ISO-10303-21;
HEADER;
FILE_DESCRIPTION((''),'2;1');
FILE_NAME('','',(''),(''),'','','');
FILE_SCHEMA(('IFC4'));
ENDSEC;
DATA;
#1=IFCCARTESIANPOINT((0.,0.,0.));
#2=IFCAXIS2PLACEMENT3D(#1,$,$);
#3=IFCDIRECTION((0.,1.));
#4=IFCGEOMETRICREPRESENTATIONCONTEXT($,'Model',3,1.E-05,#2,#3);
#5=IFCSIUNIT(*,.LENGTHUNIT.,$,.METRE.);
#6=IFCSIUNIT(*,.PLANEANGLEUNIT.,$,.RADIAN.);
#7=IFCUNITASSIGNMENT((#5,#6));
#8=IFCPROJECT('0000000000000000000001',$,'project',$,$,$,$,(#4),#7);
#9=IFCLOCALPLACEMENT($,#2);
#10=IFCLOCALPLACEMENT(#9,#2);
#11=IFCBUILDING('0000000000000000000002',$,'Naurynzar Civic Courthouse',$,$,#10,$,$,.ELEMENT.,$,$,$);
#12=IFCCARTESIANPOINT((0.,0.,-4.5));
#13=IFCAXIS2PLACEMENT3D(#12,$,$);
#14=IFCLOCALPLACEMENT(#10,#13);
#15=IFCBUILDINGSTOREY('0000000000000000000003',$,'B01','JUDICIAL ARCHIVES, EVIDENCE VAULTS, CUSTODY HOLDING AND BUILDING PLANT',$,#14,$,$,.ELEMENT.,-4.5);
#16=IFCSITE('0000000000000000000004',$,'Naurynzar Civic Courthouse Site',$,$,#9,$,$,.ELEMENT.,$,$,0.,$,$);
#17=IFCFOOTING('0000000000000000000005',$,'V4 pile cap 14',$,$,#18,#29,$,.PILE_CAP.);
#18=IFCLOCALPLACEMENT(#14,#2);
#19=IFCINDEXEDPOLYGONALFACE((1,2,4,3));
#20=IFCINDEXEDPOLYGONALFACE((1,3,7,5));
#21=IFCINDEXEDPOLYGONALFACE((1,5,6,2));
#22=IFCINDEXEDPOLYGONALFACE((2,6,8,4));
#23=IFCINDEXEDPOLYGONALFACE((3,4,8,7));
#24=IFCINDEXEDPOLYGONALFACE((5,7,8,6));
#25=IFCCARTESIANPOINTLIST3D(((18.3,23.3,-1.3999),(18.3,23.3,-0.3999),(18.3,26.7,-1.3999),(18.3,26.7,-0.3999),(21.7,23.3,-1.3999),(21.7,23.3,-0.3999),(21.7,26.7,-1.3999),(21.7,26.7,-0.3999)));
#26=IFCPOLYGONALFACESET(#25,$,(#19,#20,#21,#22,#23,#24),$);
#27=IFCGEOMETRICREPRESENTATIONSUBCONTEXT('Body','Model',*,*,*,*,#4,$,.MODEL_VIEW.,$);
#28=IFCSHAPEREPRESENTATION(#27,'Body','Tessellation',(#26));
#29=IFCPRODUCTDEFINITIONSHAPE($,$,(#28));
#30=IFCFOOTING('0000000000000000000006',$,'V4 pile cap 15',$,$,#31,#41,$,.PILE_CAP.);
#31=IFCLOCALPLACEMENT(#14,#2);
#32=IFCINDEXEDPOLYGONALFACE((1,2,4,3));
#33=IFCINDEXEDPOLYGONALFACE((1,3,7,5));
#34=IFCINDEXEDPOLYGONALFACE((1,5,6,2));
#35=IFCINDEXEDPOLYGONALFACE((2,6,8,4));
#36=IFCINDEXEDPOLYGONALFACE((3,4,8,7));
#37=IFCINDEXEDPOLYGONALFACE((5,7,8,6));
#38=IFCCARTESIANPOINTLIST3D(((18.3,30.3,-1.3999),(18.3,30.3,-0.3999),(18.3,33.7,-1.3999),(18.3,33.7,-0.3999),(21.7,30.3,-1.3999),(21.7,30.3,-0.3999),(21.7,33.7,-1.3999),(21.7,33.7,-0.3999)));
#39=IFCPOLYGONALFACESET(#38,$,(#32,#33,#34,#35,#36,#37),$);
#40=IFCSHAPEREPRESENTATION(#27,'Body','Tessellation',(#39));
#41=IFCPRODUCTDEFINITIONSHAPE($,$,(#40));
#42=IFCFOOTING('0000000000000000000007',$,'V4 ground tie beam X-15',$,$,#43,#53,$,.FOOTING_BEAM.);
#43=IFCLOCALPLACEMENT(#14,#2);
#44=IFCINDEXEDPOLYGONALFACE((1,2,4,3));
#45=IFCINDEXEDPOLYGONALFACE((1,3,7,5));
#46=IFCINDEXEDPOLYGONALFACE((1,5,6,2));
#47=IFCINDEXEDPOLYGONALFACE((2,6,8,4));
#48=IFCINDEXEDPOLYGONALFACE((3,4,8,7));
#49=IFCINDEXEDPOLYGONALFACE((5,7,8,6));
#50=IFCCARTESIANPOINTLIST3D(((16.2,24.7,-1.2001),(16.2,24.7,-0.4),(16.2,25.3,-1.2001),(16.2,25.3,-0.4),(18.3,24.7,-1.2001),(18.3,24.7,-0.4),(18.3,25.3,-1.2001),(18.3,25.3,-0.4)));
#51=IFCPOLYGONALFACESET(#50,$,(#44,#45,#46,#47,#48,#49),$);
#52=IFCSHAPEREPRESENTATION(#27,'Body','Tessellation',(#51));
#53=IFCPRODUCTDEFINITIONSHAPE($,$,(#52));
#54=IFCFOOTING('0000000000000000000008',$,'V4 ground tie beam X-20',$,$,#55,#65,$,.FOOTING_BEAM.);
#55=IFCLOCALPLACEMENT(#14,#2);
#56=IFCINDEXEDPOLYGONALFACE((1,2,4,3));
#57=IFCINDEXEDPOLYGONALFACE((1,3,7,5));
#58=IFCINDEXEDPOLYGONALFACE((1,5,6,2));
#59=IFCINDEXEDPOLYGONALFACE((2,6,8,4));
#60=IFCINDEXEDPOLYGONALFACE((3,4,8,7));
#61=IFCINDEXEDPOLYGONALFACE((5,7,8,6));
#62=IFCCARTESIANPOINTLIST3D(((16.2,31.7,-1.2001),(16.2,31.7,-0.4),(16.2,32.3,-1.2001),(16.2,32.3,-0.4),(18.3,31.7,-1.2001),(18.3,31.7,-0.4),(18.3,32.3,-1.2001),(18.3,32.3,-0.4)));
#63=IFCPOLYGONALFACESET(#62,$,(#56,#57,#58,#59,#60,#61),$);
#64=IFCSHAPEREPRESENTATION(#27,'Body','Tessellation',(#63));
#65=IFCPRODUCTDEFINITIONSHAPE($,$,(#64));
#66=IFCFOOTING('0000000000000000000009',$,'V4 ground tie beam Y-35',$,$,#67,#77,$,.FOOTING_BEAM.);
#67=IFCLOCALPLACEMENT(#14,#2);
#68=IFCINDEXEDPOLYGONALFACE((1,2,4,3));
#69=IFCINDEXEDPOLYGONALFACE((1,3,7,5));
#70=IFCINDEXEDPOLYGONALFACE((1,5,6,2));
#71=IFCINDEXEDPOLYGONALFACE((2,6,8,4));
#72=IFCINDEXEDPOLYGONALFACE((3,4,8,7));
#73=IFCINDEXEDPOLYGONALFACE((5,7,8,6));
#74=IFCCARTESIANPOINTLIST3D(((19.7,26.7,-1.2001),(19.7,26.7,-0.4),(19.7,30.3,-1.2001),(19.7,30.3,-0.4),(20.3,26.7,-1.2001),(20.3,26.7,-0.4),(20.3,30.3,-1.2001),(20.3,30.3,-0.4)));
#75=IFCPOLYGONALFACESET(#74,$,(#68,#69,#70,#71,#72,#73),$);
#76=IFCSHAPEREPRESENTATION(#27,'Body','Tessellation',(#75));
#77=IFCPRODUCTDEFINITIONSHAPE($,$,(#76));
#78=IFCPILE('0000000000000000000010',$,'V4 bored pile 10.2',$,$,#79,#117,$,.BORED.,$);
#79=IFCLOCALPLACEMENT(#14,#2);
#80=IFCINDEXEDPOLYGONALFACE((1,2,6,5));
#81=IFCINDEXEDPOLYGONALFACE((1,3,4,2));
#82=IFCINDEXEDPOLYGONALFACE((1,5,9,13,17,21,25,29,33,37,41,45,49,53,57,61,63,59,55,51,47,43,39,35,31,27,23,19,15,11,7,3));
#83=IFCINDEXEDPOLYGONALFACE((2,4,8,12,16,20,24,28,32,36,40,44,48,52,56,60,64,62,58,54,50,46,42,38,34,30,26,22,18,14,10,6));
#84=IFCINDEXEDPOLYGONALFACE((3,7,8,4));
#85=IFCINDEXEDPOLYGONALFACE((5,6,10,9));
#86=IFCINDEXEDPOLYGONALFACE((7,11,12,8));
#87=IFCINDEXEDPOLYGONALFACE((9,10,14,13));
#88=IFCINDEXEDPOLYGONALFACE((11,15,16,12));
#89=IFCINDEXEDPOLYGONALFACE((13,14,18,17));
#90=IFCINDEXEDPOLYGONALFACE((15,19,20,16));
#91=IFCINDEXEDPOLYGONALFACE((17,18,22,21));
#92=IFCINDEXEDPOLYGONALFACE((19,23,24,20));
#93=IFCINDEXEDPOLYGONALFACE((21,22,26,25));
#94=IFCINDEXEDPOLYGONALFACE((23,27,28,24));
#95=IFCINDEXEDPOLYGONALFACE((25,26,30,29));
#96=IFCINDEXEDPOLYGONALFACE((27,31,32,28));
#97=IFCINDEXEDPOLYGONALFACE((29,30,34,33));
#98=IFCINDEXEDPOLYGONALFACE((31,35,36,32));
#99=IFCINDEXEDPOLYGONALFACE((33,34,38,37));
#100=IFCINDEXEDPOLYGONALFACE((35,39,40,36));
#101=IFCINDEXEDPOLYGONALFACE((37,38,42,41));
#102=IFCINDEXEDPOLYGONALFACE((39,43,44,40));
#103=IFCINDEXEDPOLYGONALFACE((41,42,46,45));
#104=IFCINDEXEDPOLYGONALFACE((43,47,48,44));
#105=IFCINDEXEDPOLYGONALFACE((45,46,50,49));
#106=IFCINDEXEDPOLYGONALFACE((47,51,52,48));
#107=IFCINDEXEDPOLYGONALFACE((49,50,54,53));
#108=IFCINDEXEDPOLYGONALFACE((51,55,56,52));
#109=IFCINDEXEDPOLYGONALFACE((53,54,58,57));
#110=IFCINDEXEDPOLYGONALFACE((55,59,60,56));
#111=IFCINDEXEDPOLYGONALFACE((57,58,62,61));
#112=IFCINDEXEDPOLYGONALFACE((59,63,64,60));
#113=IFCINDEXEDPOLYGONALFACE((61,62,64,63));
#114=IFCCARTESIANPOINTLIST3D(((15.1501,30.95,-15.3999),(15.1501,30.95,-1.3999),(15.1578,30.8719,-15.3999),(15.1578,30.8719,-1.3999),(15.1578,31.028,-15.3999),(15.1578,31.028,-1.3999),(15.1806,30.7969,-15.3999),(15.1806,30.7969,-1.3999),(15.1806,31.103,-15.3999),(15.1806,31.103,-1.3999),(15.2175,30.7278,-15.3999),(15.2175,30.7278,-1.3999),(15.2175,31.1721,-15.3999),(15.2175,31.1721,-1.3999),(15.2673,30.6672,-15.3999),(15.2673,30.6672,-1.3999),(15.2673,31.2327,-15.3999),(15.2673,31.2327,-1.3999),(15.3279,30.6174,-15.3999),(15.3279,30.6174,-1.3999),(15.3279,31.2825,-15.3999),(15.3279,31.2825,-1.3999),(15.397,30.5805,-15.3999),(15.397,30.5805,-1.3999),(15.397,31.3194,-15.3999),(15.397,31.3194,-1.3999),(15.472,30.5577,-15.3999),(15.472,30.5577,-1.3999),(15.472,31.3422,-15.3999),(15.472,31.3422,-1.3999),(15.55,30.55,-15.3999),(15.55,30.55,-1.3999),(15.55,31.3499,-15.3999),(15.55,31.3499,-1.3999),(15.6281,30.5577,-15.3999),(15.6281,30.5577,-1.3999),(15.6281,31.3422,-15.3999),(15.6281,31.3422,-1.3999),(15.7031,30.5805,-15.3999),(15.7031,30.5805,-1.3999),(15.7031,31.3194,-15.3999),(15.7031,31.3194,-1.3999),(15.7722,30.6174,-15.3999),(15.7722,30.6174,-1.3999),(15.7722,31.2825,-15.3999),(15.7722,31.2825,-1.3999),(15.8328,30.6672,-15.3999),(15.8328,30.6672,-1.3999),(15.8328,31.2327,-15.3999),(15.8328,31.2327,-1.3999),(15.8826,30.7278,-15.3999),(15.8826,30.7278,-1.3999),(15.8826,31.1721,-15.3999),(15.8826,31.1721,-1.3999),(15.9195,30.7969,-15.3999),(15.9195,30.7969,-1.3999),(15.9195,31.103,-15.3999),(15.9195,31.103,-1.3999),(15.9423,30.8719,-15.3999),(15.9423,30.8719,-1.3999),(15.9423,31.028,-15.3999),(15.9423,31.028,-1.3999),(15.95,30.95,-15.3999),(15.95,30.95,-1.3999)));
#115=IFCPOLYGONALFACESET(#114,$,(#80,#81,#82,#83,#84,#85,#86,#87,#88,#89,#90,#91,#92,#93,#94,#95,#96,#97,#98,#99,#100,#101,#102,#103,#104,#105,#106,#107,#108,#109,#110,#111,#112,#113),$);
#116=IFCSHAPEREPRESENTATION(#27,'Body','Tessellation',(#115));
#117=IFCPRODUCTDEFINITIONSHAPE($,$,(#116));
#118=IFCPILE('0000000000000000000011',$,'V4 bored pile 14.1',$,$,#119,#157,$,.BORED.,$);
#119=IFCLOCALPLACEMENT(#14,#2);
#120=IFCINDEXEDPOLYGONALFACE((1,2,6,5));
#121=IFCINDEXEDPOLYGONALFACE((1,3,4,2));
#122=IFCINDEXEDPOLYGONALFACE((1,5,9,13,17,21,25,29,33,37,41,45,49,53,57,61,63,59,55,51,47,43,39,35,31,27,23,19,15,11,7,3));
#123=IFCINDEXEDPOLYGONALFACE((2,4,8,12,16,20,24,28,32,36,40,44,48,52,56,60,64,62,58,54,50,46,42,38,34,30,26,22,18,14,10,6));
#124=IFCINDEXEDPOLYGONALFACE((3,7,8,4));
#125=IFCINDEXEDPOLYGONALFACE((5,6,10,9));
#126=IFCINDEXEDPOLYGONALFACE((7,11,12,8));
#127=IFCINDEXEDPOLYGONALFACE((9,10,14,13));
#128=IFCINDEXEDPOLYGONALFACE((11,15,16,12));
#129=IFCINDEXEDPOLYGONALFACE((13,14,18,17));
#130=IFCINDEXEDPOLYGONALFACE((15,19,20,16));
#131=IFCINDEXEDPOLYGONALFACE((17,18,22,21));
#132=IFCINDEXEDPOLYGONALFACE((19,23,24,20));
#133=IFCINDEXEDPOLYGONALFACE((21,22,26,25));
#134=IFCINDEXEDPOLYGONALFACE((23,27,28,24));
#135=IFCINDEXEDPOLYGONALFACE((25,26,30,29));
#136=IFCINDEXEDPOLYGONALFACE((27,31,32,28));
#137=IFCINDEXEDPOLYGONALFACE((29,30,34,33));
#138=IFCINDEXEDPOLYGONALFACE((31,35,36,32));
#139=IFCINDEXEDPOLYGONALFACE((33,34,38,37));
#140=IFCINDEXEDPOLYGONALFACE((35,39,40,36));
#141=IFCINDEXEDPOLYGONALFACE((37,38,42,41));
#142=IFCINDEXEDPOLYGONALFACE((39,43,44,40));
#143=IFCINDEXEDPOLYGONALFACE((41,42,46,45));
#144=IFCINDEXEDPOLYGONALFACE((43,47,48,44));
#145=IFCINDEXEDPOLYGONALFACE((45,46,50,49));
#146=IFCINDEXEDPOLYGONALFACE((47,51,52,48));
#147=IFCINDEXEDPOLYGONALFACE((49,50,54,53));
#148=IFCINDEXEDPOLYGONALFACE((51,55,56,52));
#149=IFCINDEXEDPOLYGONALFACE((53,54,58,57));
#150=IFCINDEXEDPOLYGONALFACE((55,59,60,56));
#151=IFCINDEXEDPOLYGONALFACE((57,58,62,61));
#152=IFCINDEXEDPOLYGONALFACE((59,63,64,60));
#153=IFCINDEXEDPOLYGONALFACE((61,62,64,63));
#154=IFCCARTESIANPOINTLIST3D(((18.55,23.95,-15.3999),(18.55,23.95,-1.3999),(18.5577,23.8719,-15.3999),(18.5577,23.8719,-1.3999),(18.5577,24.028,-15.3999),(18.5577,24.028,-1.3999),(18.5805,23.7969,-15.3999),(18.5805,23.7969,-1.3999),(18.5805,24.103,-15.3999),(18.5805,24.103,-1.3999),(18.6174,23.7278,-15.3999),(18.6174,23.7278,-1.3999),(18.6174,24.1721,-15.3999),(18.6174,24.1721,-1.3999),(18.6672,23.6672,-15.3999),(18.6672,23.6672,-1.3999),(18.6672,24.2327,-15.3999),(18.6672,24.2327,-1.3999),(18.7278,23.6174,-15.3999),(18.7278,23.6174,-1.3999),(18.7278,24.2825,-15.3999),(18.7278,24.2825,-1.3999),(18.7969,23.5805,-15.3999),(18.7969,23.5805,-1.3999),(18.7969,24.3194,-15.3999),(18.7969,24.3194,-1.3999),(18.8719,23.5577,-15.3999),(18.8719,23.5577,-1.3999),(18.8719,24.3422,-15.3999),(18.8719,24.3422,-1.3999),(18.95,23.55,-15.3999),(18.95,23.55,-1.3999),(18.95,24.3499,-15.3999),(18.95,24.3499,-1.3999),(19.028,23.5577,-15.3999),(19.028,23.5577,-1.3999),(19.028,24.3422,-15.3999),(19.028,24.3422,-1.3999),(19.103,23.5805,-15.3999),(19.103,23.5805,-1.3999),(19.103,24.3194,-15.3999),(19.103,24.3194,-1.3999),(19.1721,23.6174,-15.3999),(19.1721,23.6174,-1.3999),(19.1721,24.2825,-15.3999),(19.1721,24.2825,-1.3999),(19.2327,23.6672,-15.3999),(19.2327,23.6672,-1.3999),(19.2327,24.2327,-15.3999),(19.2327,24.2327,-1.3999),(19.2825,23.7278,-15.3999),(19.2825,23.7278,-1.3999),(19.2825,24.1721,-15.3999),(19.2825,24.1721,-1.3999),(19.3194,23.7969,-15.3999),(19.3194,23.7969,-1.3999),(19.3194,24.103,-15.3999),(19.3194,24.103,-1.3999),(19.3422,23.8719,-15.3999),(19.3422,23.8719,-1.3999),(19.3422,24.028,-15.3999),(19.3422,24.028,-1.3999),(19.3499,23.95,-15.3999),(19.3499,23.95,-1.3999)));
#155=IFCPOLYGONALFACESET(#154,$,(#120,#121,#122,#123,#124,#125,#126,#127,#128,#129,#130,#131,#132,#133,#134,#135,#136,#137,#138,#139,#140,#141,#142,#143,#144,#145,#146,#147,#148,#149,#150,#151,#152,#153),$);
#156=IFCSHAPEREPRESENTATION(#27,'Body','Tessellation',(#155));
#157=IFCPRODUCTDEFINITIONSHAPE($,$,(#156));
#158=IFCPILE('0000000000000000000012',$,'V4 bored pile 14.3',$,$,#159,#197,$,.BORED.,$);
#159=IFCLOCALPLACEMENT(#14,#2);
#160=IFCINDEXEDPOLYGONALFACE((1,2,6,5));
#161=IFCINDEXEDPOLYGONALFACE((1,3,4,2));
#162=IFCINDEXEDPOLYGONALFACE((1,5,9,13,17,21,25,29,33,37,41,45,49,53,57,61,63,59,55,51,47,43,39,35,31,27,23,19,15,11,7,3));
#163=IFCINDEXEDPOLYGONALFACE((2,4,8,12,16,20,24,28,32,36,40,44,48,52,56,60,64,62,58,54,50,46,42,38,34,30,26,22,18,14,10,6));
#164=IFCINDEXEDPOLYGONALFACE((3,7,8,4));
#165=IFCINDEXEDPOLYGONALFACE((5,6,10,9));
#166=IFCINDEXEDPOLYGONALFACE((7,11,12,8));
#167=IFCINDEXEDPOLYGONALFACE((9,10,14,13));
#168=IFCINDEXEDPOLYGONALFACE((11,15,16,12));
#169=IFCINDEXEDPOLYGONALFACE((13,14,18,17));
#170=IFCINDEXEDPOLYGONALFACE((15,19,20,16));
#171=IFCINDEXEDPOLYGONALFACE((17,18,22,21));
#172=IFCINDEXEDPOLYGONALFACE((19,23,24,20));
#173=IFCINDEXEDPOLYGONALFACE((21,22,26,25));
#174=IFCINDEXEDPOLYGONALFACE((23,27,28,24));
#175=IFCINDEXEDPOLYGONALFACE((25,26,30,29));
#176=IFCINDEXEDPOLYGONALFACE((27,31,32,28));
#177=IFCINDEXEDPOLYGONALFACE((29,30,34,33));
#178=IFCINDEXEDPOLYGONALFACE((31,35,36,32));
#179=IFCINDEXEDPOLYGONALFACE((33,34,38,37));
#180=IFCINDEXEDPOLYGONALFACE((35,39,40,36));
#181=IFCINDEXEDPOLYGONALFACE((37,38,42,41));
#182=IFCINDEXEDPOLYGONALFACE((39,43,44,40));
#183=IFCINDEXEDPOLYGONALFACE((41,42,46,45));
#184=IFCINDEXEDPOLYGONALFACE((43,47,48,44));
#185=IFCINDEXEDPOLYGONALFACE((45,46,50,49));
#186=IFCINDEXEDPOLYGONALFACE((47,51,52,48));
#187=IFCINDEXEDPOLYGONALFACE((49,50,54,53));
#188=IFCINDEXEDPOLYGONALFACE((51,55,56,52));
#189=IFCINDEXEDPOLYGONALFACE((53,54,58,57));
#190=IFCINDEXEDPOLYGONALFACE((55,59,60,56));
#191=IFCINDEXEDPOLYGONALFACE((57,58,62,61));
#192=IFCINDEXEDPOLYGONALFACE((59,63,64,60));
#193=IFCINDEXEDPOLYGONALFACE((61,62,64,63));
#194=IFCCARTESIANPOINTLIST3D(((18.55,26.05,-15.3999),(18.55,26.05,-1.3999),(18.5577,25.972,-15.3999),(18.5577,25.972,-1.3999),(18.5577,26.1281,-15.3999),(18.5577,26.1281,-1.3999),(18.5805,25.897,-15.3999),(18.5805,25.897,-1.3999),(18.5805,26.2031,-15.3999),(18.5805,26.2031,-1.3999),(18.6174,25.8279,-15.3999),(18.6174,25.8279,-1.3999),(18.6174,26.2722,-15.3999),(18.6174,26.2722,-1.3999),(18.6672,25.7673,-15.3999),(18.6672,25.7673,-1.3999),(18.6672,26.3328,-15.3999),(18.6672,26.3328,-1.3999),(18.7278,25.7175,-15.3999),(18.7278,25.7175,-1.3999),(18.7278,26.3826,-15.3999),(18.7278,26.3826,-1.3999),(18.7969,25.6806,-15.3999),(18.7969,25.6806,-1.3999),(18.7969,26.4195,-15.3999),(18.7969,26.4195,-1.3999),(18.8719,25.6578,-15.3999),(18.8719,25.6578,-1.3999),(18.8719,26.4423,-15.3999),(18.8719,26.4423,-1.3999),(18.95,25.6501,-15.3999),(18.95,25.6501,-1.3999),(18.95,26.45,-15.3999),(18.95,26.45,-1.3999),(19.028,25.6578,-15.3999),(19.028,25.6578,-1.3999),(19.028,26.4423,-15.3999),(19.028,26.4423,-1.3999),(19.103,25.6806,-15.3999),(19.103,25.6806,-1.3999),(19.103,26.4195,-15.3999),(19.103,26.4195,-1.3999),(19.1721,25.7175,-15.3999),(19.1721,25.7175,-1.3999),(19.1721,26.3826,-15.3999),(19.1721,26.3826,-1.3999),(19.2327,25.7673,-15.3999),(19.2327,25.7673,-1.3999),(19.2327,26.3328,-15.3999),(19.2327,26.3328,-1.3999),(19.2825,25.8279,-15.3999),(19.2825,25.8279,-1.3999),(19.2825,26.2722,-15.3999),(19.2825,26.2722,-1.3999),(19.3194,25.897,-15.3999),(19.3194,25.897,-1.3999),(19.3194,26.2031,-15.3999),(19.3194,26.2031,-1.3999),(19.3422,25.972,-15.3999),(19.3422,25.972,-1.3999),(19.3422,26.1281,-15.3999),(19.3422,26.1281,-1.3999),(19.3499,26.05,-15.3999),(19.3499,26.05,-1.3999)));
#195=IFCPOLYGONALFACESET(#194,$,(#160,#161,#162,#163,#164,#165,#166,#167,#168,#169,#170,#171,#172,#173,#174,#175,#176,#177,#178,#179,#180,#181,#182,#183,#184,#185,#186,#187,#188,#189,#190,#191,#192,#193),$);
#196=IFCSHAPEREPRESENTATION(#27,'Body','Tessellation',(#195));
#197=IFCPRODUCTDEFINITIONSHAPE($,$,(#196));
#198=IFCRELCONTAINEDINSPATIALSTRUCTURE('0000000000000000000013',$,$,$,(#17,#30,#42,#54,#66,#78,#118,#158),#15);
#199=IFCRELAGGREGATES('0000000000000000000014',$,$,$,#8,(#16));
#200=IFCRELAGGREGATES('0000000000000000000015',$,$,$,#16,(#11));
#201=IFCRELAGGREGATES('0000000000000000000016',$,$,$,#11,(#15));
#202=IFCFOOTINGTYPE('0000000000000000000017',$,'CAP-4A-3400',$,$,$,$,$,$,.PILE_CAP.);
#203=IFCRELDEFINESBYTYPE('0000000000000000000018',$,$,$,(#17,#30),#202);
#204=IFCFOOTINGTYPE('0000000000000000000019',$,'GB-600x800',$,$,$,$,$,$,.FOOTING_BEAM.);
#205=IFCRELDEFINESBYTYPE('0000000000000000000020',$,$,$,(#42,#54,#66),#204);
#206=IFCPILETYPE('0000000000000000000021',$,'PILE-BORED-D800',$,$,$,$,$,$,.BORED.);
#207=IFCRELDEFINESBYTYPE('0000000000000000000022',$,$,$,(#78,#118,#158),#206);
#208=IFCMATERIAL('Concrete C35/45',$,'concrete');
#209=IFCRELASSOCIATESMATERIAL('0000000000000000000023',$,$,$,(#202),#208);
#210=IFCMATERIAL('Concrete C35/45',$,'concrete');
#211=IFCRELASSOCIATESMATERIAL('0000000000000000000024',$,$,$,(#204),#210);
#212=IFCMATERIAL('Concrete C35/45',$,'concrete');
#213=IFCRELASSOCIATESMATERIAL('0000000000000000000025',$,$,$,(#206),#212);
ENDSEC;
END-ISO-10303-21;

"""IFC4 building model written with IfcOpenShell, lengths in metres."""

from ifc_helpers import new_model, si_unit, direction, frame, origin, origin_2d, place, context, subcontext, project, spatial, rectangle, circle, extrude, material, material_profile, profile_set, type_object, element, save


model = new_model("IFC4")

# Units and contexts
model_context = context("Model", 3, precision=1e-05, world=origin(), true_north=direction((0.0, 1.0)))
body_context = subcontext(model_context, "Body", "Model", "MODEL_VIEW")
ifc_project = project(units=[si_unit("LENGTHUNIT", "METRE"), si_unit("PLANEANGLEUNIT", "RADIAN")], contexts=[model_context])

# Site, building, storey
site_placement = place(None, origin())
site = spatial("IfcSite", under=ifc_project, at=site_placement, Name="Naurynzar Civic Courthouse Site", CompositionType="ELEMENT", RefElevation=0.0)
building_placement = place(site_placement, origin())
building = spatial("IfcBuilding", under=site, at=building_placement, Name="Naurynzar Civic Courthouse", CompositionType="ELEMENT")
storey_placement = place(building_placement, frame((0.0, 0.0, -4.5)))
storey = spatial("IfcBuildingStorey", under=building, at=storey_placement, Name="B01", Description="JUDICIAL ARCHIVES, EVIDENCE VAULTS, CUSTODY HOLDING AND BUILDING PLANT", CompositionType="ELEMENT", Elevation=-4.5)

# Footings
ifc_material_1 = material(Name="Concrete C35/45", Category="concrete")
footing_type_1 = type_object("IfcFootingType", Name="CAP-4A-3400", PredefinedType="PILE_CAP", material=ifc_material_1)
for number, where, z_axis, x_axis, name in (
    (1, (20.0, 25.0, -1.3999), (0.0, 0.0, 1.0), (1.0, 0.0, 0.0), "V4 pile cap 14"),
    (2, (20.0, 32.0, -1.3999), (0.0, 0.0, 1.0), (1.0, 0.0, 0.0), "V4 pile cap 15"),
):
    element("IfcFooting", number, at=place(storey_placement, frame(where, z_axis=z_axis, x_axis=x_axis)), inside=storey, type_object=footing_type_1, Name=name, PredefinedType="PILE_CAP", context=body_context, shape_type="SweptSolid", body=[
        extrude(rectangle(XDim=3.3999, YDim=3.3999, at=origin_2d()), origin(), (0.0, 0.0, 1.0), 1.0),
    ])
ifc_material_2 = material(Name="Concrete C35/45", Category="concrete")
ifc_material_profile_1 = material_profile(ifc_material_2, rectangle(XDim=0.6001, YDim=0.8, at=origin_2d()), Name="GB 600x800")
ifc_profile_set_1 = profile_set([ifc_material_profile_1], Name="Concrete C35/45")
footing_type_2 = type_object("IfcFootingType", Name="GB-600x800", PredefinedType="FOOTING_BEAM", material=ifc_profile_set_1)
for number, where, z_axis, x_axis, name in (
    (3, (16.2, 25.0, -0.8), (1.0, 0.0, 0.0), (0.0, 1.0, 0.0), "V4 ground tie beam X-15"),
    (4, (16.2, 32.0, -0.8), (1.0, 0.0, 0.0), (0.0, 1.0, 0.0), "V4 ground tie beam X-20"),
):
    element("IfcFooting", number, at=place(storey_placement, frame(where, z_axis=z_axis, x_axis=x_axis)), inside=storey, type_object=footing_type_2, Name=name, PredefinedType="FOOTING_BEAM", context=body_context, shape_type="SweptSolid", body=[
        extrude(rectangle(XDim=0.6001, YDim=0.8, at=origin_2d()), origin(), (0.0, 0.0, 1.0), 2.1001),
    ])
footing_placement = place(storey_placement, frame((20.0, 26.7, -0.8), z_axis=(0.0, 1.0, 0.0), x_axis=(-1.0, 0.0, 0.0)))
element("IfcFooting", 5, at=footing_placement, inside=storey, type_object=footing_type_2, Name="V4 ground tie beam Y-35", PredefinedType="FOOTING_BEAM", context=body_context, shape_type="SweptSolid", body=[
    extrude(rectangle(XDim=0.6001, YDim=0.8, at=origin_2d()), origin(), (0.0, 0.0, 1.0), 3.6001),
])

# Piles
ifc_material_3 = material(Name="Concrete C35/45", Category="concrete")
ifc_material_profile_2 = material_profile(ifc_material_3, circle(Radius=0.3999, at=origin_2d()), Name="PILE D800")
ifc_profile_set_2 = profile_set([ifc_material_profile_2], Name="Concrete C35/45")
pile_type = type_object("IfcPileType", Name="PILE-BORED-D800", PredefinedType="BORED", material=ifc_profile_set_2)
for number, where, z_axis, x_axis, name in (
    (6, (15.55, 30.95, -1.3999), (0.0, 0.0, -1.0), (1.0, 0.0, 0.0), "V4 bored pile 10.2"),
    (7, (18.95, 23.95, -1.3999), (0.0, 0.0, -1.0), (1.0, 0.0, 0.0), "V4 bored pile 14.1"),
    (8, (18.95, 26.05, -1.3999), (0.0, 0.0, -1.0), (1.0, 0.0, 0.0), "V4 bored pile 14.3"),
):
    element("IfcPile", number, at=place(storey_placement, frame(where, z_axis=z_axis, x_axis=x_axis)), inside=storey, type_object=pile_type, Name=name, PredefinedType="BORED", context=body_context, shape_type="SweptSolid", body=[
        extrude(circle(Radius=0.3999, at=origin_2d()), origin(), (0.0, 0.0, 1.0), 14.0),
    ])

save(model, "model.ifc")
